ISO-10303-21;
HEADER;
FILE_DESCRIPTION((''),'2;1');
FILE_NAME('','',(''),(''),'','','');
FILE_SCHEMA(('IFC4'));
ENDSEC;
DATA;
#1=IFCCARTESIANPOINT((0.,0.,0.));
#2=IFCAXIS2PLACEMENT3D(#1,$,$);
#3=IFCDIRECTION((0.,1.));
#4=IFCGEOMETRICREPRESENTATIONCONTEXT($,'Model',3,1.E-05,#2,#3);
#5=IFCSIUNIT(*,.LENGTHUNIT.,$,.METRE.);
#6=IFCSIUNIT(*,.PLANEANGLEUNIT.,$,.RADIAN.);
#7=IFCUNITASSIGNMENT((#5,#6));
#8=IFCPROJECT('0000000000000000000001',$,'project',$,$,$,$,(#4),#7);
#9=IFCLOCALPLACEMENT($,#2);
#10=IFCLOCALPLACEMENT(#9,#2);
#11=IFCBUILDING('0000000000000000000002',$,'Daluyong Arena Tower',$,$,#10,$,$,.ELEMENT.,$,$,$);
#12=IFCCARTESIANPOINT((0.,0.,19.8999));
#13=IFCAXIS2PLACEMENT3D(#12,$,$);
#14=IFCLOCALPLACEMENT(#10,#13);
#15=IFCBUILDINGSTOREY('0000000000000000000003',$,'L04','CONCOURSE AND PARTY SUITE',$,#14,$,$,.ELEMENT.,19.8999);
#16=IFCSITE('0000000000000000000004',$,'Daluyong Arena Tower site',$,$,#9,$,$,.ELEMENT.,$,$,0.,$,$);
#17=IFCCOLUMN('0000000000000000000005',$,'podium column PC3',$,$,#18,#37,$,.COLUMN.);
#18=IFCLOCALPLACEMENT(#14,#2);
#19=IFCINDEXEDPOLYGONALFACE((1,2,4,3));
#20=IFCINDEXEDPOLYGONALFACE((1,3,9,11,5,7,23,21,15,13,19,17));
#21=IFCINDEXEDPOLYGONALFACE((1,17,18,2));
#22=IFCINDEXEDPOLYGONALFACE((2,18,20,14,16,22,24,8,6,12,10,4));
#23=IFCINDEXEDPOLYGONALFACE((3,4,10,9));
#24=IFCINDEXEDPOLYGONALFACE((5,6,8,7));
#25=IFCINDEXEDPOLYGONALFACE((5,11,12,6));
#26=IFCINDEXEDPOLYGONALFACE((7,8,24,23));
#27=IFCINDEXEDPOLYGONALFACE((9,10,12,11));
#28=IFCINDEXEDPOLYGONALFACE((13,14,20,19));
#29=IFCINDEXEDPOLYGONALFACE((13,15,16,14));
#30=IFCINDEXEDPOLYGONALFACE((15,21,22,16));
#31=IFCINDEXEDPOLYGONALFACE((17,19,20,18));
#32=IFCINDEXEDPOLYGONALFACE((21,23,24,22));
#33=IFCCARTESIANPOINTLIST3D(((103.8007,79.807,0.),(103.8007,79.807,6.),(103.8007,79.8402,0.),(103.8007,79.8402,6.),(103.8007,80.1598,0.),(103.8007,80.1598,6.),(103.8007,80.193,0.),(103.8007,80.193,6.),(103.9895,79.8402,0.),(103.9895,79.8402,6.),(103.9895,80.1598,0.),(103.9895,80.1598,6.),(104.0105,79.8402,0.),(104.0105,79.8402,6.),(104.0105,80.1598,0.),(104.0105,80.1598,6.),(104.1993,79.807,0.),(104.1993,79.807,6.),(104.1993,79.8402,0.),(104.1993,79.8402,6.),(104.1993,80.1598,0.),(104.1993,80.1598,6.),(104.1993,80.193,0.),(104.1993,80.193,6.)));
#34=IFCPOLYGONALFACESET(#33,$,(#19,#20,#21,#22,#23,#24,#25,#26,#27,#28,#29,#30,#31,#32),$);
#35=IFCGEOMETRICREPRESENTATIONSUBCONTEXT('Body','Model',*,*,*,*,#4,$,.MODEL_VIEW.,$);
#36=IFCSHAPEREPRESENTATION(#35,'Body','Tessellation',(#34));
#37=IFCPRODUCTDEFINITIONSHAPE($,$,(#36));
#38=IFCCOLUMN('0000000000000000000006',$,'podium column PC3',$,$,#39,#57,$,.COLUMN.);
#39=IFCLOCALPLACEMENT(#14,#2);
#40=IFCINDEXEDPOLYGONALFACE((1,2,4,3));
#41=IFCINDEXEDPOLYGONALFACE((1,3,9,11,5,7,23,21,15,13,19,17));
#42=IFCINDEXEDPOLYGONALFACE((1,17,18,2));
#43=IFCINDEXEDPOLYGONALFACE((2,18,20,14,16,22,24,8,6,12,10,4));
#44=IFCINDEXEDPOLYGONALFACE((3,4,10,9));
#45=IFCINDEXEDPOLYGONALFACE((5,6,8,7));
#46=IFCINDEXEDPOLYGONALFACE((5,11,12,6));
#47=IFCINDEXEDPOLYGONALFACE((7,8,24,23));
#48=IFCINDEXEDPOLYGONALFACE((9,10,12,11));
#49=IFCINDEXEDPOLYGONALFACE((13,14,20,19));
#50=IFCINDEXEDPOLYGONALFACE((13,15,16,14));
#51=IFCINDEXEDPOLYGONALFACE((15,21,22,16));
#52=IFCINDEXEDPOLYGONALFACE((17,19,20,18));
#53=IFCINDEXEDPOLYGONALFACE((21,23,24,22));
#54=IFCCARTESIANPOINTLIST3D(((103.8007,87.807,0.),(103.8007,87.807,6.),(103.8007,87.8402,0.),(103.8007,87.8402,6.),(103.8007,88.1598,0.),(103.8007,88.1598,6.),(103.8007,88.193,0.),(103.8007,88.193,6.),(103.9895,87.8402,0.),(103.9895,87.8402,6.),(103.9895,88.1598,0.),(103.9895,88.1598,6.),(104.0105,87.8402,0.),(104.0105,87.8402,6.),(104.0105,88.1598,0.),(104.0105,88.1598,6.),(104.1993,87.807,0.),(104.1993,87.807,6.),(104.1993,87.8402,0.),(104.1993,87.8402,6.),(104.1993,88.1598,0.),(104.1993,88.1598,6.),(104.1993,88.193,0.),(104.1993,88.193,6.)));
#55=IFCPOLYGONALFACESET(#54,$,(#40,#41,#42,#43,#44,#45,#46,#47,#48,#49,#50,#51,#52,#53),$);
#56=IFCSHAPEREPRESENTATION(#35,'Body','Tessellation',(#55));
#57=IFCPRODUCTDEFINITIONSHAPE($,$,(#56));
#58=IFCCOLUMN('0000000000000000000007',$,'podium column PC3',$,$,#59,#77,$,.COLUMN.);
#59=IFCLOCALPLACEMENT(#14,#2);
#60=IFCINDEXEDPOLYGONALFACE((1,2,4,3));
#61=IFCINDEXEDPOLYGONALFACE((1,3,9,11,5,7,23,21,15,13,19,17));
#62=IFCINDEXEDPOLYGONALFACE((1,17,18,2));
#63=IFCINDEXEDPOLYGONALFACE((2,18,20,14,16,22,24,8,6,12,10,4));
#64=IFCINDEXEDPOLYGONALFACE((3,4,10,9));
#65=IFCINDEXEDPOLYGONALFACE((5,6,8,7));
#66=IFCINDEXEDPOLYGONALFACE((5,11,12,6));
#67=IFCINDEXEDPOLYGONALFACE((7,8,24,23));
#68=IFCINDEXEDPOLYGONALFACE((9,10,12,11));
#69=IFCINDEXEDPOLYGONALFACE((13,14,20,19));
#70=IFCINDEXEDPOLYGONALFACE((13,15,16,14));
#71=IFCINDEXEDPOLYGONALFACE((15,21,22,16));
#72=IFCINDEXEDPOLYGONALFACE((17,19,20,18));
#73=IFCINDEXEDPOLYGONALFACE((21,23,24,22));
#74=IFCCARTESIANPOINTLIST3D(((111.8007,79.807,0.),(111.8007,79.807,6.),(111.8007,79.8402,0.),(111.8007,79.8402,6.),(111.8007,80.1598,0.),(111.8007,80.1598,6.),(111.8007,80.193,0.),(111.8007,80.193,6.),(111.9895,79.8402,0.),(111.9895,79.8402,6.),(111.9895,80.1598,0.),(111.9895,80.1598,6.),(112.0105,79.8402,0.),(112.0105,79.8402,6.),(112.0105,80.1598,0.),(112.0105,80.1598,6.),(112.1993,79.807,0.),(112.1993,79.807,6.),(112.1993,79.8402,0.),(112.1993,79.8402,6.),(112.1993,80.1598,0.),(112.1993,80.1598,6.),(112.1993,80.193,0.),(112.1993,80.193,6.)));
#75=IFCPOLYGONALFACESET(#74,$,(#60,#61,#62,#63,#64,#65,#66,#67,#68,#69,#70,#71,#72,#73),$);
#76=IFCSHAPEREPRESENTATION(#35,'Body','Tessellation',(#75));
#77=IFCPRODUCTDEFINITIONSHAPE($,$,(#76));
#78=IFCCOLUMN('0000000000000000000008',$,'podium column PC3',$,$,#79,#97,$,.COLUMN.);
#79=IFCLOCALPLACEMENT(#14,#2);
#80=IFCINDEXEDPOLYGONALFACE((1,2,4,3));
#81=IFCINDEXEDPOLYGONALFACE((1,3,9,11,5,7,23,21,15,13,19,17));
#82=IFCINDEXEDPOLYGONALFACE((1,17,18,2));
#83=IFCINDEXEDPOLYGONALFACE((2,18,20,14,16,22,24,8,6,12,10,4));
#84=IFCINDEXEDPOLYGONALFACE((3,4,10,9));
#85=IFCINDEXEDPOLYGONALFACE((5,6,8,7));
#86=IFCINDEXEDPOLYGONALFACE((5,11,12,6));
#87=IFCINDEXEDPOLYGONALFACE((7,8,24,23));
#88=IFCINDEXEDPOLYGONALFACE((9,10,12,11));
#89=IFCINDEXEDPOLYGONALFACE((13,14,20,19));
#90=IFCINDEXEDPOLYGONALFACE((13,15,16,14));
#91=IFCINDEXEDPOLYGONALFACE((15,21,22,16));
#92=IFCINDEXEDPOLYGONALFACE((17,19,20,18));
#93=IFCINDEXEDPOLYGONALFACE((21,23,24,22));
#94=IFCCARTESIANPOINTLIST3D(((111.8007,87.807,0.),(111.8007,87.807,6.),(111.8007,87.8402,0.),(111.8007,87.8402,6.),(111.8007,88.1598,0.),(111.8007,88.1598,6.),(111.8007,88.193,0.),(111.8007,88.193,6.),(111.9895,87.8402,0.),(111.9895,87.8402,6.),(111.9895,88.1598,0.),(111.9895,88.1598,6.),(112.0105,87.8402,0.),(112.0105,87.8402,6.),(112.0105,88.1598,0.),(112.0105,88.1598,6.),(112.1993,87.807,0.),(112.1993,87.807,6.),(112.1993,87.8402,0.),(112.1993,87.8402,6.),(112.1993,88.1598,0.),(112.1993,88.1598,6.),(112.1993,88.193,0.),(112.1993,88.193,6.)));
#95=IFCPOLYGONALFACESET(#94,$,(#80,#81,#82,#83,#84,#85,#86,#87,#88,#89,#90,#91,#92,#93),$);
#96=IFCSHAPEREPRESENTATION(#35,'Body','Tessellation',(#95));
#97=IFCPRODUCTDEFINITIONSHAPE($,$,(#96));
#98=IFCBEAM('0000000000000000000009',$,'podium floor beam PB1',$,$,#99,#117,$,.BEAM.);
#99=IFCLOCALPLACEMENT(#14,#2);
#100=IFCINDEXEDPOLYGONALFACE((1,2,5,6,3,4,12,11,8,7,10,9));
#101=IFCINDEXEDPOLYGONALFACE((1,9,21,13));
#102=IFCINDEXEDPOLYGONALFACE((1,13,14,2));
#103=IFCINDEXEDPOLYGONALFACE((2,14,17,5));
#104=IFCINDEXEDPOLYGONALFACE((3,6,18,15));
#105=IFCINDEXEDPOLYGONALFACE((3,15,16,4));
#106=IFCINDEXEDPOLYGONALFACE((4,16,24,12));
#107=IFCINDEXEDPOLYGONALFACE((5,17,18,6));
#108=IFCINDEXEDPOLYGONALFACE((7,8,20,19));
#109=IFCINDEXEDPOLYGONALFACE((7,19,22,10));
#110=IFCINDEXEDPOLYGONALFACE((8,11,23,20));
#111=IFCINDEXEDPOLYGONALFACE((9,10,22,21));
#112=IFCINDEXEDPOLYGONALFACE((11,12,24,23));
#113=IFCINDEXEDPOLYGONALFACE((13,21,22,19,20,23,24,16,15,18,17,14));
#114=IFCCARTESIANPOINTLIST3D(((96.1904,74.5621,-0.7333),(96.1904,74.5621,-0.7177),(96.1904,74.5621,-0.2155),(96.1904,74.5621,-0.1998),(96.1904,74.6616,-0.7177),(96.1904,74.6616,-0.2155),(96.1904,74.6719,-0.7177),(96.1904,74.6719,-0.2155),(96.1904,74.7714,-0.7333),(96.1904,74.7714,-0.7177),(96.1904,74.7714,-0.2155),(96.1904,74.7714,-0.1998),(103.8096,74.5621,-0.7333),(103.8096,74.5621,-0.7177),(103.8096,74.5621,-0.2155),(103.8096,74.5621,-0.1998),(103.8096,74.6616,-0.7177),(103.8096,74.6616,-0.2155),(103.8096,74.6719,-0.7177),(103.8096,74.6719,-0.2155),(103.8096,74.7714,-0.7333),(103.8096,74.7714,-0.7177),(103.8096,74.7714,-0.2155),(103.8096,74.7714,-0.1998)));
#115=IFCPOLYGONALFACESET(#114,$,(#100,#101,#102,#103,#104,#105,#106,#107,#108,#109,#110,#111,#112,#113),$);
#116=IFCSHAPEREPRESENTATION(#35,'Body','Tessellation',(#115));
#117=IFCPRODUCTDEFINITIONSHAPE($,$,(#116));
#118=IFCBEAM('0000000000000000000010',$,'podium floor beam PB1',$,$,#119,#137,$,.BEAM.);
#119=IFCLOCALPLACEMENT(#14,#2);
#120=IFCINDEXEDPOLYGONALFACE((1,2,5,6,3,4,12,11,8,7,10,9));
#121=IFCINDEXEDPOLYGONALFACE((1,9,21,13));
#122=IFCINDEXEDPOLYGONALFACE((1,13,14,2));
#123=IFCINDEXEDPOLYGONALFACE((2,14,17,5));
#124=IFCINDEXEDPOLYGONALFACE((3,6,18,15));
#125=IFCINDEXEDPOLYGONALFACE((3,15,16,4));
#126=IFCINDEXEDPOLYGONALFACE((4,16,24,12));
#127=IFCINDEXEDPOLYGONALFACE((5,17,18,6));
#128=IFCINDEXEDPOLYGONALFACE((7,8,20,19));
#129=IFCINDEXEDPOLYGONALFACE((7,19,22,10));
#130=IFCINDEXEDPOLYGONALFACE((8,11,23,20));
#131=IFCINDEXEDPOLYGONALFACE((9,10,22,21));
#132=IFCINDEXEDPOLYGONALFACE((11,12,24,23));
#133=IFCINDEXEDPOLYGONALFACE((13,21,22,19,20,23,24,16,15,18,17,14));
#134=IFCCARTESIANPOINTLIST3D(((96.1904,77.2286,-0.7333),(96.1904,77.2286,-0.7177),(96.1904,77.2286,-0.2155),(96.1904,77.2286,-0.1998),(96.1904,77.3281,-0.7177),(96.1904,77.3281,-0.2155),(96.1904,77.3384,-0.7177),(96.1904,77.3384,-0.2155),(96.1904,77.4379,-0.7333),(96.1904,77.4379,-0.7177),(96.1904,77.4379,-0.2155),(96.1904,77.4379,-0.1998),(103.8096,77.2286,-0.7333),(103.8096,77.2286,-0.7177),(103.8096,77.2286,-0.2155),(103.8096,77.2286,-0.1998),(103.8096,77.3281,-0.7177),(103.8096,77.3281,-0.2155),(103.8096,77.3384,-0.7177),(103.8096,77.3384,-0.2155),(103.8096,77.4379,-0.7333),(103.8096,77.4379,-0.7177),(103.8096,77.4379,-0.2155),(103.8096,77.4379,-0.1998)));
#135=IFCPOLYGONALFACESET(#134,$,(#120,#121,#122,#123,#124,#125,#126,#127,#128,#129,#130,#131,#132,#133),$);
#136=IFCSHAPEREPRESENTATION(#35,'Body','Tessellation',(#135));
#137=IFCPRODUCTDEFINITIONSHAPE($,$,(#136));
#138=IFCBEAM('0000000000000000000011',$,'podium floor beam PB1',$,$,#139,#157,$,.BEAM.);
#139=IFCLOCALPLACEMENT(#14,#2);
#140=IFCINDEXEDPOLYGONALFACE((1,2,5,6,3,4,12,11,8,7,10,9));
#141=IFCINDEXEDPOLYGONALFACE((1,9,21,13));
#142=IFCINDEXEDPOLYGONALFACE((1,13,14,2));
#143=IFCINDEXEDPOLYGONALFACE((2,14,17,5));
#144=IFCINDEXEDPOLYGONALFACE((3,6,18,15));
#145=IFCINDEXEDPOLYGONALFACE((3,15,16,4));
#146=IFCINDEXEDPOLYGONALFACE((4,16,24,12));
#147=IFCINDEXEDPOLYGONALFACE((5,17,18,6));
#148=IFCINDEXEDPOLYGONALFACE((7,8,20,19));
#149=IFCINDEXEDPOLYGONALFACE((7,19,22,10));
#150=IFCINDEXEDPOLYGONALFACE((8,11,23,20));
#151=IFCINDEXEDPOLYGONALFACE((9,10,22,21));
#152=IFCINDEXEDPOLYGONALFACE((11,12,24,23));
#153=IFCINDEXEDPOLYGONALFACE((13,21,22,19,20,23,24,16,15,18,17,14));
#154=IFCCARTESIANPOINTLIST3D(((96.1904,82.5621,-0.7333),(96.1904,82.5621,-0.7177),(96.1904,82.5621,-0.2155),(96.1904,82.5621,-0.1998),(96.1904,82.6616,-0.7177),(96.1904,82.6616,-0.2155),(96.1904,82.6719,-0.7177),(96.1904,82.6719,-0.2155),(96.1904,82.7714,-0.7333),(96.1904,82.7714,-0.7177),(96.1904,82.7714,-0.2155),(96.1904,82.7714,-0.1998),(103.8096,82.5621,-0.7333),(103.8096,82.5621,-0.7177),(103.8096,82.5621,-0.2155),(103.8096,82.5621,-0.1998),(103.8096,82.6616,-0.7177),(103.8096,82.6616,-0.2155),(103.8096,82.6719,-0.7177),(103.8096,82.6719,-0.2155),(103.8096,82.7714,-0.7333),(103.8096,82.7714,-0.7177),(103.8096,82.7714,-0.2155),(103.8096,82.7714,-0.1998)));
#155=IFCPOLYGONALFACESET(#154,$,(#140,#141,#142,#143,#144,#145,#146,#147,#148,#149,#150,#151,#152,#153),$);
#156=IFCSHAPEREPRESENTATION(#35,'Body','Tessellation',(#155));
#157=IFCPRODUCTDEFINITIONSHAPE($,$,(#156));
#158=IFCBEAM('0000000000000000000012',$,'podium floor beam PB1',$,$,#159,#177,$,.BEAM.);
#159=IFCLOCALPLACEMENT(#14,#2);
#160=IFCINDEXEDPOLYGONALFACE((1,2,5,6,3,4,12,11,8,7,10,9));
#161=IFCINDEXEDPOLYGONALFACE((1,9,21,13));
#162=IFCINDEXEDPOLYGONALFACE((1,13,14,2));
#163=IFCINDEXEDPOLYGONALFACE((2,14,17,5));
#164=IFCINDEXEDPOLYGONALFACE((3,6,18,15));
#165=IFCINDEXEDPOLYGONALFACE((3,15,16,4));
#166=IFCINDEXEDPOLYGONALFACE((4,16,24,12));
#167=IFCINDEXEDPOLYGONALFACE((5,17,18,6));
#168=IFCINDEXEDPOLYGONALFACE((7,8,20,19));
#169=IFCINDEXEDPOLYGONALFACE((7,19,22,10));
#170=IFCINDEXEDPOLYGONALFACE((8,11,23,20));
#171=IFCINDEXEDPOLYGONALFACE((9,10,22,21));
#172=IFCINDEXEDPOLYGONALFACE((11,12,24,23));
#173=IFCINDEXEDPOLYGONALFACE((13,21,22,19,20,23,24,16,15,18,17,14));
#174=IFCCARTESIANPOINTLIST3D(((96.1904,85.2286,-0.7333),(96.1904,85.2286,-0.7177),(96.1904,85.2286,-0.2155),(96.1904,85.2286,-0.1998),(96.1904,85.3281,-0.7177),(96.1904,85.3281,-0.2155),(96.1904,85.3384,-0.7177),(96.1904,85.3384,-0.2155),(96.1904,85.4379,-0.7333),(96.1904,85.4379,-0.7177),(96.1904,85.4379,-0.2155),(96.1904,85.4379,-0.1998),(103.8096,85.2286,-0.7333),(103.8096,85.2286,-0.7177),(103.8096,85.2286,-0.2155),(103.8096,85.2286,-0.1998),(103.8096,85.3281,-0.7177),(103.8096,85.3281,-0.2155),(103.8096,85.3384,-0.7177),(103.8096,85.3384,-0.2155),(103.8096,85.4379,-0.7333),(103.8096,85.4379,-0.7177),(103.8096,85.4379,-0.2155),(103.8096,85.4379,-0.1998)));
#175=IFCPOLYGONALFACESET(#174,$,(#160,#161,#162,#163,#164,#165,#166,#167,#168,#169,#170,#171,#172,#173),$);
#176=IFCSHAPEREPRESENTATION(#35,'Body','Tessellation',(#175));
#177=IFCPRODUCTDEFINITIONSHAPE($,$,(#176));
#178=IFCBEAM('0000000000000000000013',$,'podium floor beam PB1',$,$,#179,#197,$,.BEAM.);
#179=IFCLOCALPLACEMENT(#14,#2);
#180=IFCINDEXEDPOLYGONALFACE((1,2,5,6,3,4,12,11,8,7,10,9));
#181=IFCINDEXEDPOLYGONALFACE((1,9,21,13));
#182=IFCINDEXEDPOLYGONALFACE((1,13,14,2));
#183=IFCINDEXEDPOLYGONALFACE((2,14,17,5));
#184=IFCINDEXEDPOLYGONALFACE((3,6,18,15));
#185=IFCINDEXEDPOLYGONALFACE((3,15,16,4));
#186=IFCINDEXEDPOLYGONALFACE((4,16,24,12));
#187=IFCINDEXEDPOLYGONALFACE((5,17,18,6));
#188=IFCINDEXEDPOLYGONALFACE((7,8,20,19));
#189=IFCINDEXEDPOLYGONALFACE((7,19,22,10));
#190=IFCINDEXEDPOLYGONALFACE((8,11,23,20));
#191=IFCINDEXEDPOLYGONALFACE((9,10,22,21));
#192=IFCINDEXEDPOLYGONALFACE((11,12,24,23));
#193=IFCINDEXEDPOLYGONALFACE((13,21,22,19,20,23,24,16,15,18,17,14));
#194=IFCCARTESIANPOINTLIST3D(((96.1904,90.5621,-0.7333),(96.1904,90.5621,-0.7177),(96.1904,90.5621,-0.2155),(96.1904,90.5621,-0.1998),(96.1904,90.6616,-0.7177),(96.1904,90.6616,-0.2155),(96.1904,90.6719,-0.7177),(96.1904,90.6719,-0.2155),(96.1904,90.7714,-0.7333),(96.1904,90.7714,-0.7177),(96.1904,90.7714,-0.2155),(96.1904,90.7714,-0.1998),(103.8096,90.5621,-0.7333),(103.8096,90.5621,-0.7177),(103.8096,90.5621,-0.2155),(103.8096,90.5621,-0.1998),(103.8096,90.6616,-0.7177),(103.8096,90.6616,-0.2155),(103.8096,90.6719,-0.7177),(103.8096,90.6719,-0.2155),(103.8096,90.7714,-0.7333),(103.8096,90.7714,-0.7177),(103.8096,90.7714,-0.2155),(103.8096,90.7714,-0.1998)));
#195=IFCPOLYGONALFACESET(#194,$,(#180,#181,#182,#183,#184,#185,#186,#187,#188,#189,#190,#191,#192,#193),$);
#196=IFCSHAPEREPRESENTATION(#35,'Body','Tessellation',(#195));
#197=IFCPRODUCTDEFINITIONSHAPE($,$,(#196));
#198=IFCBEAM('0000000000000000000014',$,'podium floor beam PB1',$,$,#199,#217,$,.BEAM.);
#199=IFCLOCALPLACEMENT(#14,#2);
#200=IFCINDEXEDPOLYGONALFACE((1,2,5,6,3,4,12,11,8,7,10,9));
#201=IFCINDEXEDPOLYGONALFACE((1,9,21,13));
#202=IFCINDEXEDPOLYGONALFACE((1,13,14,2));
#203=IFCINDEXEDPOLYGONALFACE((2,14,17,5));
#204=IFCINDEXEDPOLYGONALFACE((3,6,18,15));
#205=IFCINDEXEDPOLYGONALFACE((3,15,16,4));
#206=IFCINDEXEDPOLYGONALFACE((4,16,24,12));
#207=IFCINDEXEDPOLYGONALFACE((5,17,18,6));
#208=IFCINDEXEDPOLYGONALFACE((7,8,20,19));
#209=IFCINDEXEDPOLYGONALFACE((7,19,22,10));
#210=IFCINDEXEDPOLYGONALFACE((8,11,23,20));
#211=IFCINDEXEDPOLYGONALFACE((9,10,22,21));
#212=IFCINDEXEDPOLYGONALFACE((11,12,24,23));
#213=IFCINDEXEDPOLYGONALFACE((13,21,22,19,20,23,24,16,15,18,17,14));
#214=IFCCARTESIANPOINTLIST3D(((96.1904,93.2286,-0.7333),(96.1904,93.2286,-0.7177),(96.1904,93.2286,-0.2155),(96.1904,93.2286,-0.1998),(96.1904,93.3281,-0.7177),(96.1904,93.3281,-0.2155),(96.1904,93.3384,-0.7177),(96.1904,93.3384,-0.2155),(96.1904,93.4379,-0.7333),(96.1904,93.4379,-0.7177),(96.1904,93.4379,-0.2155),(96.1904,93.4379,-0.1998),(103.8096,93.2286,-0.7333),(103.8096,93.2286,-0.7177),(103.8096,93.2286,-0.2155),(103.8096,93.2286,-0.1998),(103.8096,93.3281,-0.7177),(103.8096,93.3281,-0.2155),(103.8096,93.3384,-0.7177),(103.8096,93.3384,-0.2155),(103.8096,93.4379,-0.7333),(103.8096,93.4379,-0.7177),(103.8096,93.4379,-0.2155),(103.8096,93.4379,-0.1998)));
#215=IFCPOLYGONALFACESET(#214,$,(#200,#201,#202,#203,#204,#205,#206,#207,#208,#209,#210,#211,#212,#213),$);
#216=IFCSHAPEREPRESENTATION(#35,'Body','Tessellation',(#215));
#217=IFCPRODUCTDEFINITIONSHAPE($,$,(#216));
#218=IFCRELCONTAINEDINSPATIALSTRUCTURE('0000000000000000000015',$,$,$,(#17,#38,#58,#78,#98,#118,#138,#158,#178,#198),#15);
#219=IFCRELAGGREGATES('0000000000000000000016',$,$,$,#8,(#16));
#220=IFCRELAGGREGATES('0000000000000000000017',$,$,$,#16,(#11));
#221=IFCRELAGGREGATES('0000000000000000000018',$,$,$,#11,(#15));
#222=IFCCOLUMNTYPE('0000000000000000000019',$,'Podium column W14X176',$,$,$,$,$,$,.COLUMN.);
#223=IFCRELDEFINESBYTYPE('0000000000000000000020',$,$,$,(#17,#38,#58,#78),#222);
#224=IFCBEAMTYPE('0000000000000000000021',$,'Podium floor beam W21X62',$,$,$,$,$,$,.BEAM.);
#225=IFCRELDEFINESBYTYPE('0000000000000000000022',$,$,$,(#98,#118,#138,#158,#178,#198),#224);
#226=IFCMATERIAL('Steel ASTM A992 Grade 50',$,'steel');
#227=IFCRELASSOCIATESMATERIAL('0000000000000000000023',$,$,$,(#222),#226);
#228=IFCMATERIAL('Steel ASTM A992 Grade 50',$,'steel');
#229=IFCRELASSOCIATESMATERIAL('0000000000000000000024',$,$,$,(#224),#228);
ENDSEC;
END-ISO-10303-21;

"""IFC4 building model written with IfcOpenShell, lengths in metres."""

from ifc_helpers import new_model, si_unit, direction, frame, origin, origin_2d, place, context, subcontext, project, spatial, i_section, extrude, material, material_profile, profile_set, type_object, element, save


model = new_model("IFC4")

# Units and contexts
model_context = context("Model", 3, precision=1e-05, world=origin(), true_north=direction((0.0, 1.0)))
body_context = subcontext(model_context, "Body", "Model", "MODEL_VIEW")
ifc_project = project(units=[si_unit("LENGTHUNIT", "METRE"), si_unit("PLANEANGLEUNIT", "RADIAN")], contexts=[model_context])

# Site, building, storey
site_placement = place(None, origin())
site = spatial("IfcSite", under=ifc_project, at=site_placement, Name="Daluyong Arena Tower site", CompositionType="ELEMENT", RefElevation=0.0)
building_placement = place(site_placement, origin())
building = spatial("IfcBuilding", under=site, at=building_placement, Name="Daluyong Arena Tower", CompositionType="ELEMENT")
storey_placement = place(building_placement, frame((0.0, 0.0, 19.8999)))
storey = spatial("IfcBuildingStorey", under=building, at=storey_placement, Name="L04", Description="CONCOURSE AND PARTY SUITE", CompositionType="ELEMENT", Elevation=19.8999)

# Columns
ifc_material_1 = material(Name="Steel ASTM A992 Grade 50", Category="steel")
ifc_material_profile_1 = material_profile(ifc_material_1, i_section(OverallWidth=0.3987, OverallDepth=0.386, WebThickness=0.021, FlangeThickness=0.0332, at=origin_2d()))
ifc_profile_set_1 = profile_set([ifc_material_profile_1], Name="Steel ASTM A992 Grade 50")
column_type = type_object("IfcColumnType", Name="Podium column W14X176", PredefinedType="COLUMN", material=ifc_profile_set_1)
for number, where, z_axis, x_axis, name in (
    (1, (104.0, 80.0, 0.0), (0.0, 0.0, 1.0), (1.0, 0.0, 0.0), "podium column PC3"),
    (2, (104.0, 88.0, 0.0), (0.0, 0.0, 1.0), (1.0, 0.0, 0.0), "podium column PC3"),
    (3, (112.0, 80.0, 0.0), (0.0, 0.0, 1.0), (1.0, 0.0, 0.0), "podium column PC3"),
    (4, (112.0, 88.0, 0.0), (0.0, 0.0, 1.0), (1.0, 0.0, 0.0), "podium column PC3"),
):
    element("IfcColumn", number, at=place(storey_placement, frame(where, z_axis=z_axis, x_axis=x_axis)), inside=storey, type_object=column_type, Name=name, PredefinedType="COLUMN", context=body_context, shape_type="SweptSolid", body=[
        extrude(i_section(OverallWidth=0.3987, OverallDepth=0.386, WebThickness=0.021, FlangeThickness=0.0332, at=origin_2d()), origin(), (0.0, 0.0, 1.0), 6.0),
    ])

# Beams
ifc_material_2 = material(Name="Steel ASTM A992 Grade 50", Category="steel")
ifc_material_profile_2 = material_profile(ifc_material_2, i_section(OverallWidth=0.2092, OverallDepth=0.5334, WebThickness=0.0103, FlangeThickness=0.0156, at=origin_2d()))
ifc_profile_set_2 = profile_set([ifc_material_profile_2], Name="Steel ASTM A992 Grade 50")
beam_type_1 = type_object("IfcBeamType", Name="Podium floor beam W21X62", PredefinedType="BEAM", material=ifc_profile_set_2)
for number, where, z_axis, x_axis, name in (
    (5, (96.1904, 74.6667, -0.4666), (1.0, 0.0, 0.0), (0.0, 1.0, 0.0), "podium floor beam PB1"),
    (6, (96.1904, 77.3333, -0.4666), (1.0, 0.0, 0.0), (0.0, 1.0, 0.0), "podium floor beam PB1"),
    (7, (96.1904, 82.6667, -0.4666), (1.0, 0.0, 0.0), (0.0, 1.0, 0.0), "podium floor beam PB1"),
    (8, (96.1904, 85.3333, -0.4666), (1.0, 0.0, 0.0), (0.0, 1.0, 0.0), "podium floor beam PB1"),
    (9, (96.1904, 90.6667, -0.4666), (1.0, 0.0, 0.0), (0.0, 1.0, 0.0), "podium floor beam PB1"),
    (10, (96.1904, 93.3333, -0.4666), (1.0, 0.0, 0.0), (0.0, 1.0, 0.0), "podium floor beam PB1"),
):
    element("IfcBeam", number, at=place(storey_placement, frame(where, z_axis=z_axis, x_axis=x_axis)), inside=storey, type_object=beam_type_1, Name=name, PredefinedType="BEAM", context=body_context, shape_type="SweptSolid", body=[
        extrude(i_section(OverallWidth=0.2092, OverallDepth=0.5334, WebThickness=0.0103, FlangeThickness=0.0156, at=origin_2d()), origin(), (0.0, 0.0, 1.0), 7.6191),
    ])

save(model, "model.ifc")
